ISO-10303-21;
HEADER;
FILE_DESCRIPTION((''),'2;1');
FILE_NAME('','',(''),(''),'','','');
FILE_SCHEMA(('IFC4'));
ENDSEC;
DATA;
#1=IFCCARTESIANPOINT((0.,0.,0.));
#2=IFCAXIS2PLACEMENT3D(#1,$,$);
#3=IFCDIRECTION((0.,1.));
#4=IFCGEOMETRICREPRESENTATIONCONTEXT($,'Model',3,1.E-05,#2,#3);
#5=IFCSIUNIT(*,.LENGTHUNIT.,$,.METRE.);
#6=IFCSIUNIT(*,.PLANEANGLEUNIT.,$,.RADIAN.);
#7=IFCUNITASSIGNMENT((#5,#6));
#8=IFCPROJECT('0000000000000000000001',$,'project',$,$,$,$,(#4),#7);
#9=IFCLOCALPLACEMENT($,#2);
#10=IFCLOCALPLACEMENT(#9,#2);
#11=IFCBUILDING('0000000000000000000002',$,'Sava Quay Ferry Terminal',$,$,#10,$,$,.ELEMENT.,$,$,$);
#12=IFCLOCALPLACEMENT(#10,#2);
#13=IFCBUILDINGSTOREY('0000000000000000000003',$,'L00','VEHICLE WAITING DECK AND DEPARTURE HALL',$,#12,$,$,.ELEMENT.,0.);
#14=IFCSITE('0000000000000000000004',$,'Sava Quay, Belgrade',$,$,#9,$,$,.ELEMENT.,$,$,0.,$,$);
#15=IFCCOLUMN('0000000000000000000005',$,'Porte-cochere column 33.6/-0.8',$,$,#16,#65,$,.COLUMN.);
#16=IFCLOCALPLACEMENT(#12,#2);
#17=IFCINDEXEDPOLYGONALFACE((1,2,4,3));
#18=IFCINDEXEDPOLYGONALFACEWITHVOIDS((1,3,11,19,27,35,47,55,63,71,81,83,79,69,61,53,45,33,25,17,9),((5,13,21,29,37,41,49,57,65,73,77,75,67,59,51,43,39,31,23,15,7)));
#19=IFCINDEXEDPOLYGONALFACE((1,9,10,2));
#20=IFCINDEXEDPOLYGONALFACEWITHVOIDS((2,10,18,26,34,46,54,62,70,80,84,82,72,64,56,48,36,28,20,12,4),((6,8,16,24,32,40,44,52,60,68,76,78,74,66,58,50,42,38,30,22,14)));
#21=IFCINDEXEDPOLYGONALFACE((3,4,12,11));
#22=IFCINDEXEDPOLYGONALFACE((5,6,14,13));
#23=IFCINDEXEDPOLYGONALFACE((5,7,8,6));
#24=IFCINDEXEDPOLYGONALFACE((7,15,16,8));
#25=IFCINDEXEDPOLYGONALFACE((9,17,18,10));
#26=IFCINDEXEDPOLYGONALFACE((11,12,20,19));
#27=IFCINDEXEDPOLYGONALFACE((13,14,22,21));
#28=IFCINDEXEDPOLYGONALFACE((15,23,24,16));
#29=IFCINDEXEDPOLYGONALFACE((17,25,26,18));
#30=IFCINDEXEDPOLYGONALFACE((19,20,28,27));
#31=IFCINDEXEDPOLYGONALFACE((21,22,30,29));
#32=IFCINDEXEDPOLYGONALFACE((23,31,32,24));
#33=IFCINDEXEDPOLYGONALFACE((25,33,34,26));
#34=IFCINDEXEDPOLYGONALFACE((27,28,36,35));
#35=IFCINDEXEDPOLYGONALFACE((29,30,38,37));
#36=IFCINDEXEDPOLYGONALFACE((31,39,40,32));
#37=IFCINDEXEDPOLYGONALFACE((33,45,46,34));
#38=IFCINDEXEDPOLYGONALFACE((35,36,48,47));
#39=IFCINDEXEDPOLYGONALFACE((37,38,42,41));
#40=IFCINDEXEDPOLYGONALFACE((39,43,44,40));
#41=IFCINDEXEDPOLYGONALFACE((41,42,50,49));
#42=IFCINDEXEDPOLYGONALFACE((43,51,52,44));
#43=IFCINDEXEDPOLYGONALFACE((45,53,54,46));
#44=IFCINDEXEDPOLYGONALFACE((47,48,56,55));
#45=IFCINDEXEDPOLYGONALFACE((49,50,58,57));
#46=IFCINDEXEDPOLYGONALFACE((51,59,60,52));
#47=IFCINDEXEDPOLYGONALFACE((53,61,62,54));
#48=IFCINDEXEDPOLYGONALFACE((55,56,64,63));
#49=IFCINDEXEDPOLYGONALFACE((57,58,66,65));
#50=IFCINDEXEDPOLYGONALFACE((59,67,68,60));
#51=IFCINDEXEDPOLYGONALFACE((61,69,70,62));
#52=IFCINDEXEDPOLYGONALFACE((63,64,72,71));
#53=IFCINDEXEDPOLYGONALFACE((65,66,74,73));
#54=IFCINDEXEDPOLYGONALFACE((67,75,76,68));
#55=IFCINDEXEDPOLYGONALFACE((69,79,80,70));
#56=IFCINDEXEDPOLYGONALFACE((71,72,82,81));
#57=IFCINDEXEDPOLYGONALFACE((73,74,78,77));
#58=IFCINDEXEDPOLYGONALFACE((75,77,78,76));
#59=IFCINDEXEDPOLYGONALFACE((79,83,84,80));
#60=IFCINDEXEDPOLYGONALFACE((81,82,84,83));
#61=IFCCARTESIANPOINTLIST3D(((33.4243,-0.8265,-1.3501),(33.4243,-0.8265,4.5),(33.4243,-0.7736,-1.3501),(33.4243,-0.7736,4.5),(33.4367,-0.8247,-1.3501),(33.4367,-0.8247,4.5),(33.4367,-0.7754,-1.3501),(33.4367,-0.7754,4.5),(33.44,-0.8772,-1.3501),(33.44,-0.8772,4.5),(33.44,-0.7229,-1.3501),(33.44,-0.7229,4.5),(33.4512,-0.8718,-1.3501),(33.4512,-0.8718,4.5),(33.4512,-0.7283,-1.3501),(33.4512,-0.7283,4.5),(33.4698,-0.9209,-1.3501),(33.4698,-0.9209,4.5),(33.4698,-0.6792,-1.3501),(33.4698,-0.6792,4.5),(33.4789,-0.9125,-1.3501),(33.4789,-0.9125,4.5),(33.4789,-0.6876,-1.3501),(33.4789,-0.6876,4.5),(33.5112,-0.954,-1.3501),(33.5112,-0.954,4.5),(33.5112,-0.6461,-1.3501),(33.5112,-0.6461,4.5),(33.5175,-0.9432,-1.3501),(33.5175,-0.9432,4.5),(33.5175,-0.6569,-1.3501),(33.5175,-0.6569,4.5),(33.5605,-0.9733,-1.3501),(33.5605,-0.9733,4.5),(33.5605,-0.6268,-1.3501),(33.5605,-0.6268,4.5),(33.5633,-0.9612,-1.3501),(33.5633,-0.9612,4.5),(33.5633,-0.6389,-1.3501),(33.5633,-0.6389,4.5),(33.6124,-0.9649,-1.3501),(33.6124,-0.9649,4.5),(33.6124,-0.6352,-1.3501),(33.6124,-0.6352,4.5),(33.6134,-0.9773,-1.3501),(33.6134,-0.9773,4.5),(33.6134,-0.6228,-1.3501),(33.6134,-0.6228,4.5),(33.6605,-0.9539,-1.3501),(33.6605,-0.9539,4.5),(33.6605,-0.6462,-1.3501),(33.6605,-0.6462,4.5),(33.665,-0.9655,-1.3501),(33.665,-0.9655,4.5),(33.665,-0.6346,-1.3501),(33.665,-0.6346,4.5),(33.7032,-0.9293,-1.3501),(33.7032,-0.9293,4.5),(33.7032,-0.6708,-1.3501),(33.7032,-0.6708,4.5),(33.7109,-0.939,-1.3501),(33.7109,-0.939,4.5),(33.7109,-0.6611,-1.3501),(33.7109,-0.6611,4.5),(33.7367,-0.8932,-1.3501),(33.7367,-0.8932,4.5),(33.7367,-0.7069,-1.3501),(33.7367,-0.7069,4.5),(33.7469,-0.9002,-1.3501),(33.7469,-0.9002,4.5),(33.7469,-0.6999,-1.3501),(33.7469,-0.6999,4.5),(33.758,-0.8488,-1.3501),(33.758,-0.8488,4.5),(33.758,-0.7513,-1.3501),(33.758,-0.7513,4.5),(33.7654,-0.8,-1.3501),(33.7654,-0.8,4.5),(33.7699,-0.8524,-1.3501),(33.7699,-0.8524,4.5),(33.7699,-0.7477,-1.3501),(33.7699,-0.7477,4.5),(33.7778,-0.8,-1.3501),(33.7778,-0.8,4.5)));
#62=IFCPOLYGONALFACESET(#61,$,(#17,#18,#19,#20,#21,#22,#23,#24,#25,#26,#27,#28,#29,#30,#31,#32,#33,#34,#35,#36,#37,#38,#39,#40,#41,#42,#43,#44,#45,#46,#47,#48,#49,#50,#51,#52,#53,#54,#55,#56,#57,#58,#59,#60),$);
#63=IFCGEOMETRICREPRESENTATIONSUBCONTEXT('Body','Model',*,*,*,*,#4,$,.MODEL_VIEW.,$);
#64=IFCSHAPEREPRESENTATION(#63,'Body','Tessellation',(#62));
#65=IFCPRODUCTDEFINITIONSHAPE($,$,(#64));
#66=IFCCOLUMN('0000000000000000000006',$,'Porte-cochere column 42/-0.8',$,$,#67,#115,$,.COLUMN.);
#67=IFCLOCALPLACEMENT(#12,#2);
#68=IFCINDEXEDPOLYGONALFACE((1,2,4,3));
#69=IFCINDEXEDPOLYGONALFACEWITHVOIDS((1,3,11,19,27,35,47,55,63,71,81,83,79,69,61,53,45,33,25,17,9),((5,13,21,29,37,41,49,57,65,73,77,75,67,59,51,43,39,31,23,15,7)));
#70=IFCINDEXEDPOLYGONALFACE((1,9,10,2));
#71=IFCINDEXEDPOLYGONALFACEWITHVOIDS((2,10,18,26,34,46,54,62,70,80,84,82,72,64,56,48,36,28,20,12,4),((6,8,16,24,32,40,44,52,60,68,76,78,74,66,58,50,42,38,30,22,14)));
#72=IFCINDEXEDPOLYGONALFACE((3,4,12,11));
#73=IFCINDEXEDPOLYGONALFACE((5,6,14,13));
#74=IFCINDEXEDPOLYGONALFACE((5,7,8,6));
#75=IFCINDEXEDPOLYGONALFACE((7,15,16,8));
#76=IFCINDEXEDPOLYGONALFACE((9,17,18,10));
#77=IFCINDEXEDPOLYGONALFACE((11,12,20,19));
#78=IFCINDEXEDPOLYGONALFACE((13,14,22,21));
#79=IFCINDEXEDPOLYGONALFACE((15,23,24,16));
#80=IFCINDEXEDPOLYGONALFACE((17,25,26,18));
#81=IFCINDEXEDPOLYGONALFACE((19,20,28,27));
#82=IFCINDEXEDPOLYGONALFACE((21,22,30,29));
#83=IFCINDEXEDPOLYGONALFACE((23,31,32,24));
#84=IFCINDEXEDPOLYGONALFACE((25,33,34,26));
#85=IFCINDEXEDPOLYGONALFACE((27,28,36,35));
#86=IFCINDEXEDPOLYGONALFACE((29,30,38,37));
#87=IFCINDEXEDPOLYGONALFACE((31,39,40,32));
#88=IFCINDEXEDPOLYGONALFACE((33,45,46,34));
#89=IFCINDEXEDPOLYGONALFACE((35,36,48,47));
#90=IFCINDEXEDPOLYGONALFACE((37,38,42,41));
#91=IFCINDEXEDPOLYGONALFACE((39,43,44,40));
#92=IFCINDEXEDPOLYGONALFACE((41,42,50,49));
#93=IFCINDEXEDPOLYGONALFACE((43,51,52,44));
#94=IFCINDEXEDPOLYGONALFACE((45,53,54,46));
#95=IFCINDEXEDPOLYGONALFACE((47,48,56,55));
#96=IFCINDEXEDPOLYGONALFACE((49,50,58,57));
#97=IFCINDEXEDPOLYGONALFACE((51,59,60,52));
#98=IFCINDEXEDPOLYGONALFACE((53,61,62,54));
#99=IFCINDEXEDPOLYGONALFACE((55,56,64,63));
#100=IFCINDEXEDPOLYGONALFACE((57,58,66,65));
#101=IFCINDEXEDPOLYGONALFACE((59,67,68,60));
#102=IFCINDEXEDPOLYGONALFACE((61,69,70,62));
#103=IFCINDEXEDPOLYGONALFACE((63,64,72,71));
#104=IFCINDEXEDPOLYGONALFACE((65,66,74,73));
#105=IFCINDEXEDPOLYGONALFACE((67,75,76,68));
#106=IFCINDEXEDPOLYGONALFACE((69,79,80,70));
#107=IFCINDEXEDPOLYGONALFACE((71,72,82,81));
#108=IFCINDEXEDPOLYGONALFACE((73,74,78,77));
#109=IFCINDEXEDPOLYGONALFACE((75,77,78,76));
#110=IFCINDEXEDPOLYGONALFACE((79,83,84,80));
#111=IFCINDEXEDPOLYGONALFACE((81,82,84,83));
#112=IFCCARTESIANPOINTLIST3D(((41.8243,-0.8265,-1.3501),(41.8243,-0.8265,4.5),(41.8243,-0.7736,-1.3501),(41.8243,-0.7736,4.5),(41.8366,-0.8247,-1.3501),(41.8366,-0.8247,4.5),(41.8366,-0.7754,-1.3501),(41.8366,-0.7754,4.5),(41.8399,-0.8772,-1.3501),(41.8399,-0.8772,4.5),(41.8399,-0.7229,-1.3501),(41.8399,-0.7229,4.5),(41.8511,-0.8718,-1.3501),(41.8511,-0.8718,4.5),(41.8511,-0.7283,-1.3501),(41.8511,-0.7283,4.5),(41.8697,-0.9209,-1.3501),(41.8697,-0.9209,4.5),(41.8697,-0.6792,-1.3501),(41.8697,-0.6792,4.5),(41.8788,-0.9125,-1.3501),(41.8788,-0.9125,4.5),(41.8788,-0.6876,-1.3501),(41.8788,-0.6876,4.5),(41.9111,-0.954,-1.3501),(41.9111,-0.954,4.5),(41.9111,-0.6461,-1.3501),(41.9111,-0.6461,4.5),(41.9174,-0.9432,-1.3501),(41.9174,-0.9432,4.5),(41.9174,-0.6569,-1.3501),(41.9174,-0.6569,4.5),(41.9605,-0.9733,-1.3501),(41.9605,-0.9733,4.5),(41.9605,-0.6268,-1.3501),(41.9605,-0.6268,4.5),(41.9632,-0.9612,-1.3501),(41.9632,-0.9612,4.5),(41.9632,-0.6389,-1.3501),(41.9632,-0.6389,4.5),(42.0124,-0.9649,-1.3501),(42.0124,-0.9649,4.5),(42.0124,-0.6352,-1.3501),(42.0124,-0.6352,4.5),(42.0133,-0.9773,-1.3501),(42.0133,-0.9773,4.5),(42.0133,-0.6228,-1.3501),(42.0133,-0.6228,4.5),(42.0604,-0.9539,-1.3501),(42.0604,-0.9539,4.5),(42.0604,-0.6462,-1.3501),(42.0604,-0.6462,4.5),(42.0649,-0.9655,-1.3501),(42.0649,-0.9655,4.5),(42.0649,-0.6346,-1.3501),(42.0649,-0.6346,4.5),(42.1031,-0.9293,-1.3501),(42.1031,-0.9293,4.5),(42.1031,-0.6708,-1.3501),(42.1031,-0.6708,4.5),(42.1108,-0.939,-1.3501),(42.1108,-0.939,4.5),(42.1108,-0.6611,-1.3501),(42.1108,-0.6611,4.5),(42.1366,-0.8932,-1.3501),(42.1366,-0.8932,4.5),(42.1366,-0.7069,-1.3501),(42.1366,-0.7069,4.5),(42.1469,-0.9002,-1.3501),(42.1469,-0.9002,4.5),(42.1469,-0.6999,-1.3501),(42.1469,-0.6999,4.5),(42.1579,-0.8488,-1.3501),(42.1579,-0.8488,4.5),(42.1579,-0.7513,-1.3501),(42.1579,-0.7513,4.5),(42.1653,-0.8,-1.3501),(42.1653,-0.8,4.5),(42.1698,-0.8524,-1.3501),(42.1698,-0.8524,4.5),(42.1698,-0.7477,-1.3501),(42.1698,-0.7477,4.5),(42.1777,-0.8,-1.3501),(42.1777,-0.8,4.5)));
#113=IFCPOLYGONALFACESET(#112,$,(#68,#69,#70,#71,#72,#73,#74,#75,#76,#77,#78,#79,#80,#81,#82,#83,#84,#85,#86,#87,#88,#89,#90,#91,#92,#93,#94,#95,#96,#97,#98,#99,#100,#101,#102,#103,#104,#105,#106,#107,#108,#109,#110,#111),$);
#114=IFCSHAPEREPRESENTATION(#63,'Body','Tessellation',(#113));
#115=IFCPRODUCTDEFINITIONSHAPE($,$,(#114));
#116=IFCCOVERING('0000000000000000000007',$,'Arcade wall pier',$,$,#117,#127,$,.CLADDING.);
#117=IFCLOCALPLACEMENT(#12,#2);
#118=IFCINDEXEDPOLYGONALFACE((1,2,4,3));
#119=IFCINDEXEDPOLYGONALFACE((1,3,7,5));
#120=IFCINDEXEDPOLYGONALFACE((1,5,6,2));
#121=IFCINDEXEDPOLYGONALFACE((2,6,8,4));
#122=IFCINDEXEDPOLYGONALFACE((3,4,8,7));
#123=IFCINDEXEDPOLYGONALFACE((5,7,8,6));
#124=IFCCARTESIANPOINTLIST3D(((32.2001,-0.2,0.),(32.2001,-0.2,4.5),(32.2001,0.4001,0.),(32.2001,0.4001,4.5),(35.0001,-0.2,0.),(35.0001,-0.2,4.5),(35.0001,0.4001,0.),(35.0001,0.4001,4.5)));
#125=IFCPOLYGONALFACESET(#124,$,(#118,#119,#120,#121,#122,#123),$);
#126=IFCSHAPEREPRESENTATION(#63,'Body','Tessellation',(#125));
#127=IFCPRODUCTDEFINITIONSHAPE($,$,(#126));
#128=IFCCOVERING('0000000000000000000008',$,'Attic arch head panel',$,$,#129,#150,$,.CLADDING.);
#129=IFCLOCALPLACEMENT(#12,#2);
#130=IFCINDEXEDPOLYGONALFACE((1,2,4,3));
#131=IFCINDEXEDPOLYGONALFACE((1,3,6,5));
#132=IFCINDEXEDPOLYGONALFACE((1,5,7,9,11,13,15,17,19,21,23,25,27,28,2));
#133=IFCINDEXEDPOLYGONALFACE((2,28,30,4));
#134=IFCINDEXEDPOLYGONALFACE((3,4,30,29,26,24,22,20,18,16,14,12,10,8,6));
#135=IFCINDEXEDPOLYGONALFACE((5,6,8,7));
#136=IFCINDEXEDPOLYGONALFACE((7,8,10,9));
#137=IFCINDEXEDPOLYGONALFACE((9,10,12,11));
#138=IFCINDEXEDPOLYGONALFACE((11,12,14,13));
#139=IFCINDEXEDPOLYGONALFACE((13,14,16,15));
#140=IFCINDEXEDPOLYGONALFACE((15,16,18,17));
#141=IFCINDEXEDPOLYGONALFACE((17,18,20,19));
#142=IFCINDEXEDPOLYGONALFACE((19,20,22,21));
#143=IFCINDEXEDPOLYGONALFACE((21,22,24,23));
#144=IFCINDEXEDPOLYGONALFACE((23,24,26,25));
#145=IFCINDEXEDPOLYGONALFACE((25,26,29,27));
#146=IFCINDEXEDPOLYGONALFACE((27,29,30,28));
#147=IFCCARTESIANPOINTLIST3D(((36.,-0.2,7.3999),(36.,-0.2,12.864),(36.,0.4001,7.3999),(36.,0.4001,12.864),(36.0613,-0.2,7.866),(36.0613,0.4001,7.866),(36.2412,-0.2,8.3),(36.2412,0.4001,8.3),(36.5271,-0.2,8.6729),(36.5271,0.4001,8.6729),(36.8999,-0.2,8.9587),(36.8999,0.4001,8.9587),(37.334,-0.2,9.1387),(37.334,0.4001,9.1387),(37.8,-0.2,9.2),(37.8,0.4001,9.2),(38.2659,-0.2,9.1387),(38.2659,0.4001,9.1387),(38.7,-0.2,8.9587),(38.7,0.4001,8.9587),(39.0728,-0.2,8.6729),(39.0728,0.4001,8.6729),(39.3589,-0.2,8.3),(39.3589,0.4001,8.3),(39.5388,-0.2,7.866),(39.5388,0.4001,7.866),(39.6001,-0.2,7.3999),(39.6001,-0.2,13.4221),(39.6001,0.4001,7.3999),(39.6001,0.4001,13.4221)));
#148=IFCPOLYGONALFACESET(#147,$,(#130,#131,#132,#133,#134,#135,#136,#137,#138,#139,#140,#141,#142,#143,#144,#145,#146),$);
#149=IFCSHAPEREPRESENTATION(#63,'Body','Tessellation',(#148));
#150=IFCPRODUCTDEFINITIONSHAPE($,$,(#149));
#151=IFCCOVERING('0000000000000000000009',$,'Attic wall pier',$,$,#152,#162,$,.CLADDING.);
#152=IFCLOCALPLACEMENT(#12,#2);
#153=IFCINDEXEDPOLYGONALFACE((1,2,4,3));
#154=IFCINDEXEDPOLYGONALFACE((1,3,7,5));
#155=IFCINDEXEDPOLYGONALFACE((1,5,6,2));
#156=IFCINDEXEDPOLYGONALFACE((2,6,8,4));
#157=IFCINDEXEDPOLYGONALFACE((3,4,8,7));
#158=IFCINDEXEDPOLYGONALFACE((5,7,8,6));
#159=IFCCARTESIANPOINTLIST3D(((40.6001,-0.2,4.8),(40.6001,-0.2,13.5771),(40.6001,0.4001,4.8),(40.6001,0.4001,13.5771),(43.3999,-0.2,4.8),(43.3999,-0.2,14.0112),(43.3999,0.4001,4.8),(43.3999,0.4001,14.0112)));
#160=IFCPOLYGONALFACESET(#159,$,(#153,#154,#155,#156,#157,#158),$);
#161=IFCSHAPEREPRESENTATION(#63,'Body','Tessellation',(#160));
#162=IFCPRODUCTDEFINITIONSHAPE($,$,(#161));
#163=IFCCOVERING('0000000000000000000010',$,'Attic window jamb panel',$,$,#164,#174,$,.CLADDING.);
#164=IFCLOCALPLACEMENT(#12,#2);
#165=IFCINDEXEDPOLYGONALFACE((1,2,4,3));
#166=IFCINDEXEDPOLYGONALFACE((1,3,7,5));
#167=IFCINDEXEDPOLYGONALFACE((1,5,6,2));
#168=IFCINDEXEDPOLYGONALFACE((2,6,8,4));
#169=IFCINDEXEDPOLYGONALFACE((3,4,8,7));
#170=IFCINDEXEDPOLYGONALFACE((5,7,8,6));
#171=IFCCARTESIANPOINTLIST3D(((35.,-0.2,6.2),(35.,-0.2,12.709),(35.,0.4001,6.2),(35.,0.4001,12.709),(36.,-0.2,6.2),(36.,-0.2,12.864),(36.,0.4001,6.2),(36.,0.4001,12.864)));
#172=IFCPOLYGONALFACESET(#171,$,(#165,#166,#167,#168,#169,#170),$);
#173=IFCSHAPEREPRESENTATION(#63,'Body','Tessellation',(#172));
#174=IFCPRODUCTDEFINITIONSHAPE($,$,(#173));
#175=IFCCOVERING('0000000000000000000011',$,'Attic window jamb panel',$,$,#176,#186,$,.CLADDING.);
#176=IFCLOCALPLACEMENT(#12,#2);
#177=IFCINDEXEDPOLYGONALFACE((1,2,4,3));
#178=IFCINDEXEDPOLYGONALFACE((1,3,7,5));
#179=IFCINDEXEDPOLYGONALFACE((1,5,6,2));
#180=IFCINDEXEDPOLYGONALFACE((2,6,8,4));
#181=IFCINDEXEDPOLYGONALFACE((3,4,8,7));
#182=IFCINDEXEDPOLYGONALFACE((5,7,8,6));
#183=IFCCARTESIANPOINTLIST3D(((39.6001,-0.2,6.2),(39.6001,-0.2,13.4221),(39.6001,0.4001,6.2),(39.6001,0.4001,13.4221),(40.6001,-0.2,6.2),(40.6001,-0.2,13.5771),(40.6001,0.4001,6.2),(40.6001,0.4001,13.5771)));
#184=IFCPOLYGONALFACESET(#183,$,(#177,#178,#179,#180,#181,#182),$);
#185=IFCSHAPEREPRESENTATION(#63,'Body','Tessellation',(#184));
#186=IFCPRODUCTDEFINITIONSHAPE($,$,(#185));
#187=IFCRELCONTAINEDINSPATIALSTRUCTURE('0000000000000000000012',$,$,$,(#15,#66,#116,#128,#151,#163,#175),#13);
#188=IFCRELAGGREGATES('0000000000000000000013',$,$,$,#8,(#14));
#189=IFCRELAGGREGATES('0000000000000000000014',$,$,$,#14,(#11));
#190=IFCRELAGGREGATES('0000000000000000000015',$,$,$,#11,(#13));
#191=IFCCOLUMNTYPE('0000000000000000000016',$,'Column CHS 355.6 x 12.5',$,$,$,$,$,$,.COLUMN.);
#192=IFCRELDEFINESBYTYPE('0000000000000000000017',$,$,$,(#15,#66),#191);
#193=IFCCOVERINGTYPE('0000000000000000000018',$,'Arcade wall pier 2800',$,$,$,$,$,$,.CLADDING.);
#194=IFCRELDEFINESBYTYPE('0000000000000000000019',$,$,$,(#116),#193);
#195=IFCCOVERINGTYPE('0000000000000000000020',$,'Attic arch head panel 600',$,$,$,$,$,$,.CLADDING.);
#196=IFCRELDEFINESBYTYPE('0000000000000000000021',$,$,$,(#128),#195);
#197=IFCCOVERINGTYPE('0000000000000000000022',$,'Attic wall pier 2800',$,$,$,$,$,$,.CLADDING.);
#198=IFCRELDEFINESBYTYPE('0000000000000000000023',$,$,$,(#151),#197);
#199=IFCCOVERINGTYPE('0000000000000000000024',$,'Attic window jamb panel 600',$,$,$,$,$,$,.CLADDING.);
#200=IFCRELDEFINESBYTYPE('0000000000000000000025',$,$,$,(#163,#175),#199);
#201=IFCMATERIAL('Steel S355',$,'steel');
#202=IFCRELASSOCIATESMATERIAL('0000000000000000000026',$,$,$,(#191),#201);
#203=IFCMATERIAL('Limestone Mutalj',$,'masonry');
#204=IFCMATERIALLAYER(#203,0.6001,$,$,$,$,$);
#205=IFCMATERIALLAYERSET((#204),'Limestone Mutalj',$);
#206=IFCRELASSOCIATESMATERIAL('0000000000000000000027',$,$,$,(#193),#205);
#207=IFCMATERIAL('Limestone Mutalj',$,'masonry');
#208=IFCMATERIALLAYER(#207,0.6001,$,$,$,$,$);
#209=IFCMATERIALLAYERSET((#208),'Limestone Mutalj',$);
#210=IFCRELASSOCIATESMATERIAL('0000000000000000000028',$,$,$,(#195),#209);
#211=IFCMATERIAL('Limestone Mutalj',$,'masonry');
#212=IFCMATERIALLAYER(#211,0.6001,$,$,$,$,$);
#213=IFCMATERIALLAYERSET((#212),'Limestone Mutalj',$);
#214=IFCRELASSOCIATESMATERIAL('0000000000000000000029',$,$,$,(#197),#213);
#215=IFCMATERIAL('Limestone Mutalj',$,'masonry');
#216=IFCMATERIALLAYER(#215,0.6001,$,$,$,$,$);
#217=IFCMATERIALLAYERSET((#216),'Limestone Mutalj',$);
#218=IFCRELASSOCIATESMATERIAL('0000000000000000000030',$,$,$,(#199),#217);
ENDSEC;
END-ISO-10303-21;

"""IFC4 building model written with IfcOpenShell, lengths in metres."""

from ifc_helpers import new_model, si_unit, direction, frame, origin, origin_2d, place, context, subcontext, project, spatial, polyline, rectangle, hollow_circle, outline, extrude, material, layer, layer_set, material_profile, profile_set, type_object, element, save


model = new_model("IFC4")

# Units and contexts
model_context = context("Model", 3, precision=1e-05, world=origin(), true_north=direction((0.0, 1.0)))
body_context = subcontext(model_context, "Body", "Model", "MODEL_VIEW")
ifc_project = project(units=[si_unit("LENGTHUNIT", "METRE"), si_unit("PLANEANGLEUNIT", "RADIAN")], contexts=[model_context])

# Site, building, storey
site_placement = place(None, origin())
site = spatial("IfcSite", under=ifc_project, at=site_placement, Name="Sava Quay, Belgrade", CompositionType="ELEMENT", RefElevation=0.0)
building_placement = place(site_placement, origin())
building = spatial("IfcBuilding", under=site, at=building_placement, Name="Sava Quay Ferry Terminal", CompositionType="ELEMENT")
storey_placement = place(building_placement, origin())
storey = spatial("IfcBuildingStorey", under=building, at=storey_placement, Name="L00", Description="VEHICLE WAITING DECK AND DEPARTURE HALL", CompositionType="ELEMENT", Elevation=0.0)

# Columns
ifc_material_1 = material(Name="Steel S355", Category="steel")
ifc_material_profile_1 = material_profile(ifc_material_1, hollow_circle(Radius=0.1777, WallThickness=0.0125, at=origin_2d()), Name="CHS 355.6 x 12.5")
ifc_profile_set_1 = profile_set([ifc_material_profile_1], Name="Steel S355")
column_type = type_object("IfcColumnType", Name="Column CHS 355.6 x 12.5", PredefinedType="COLUMN", material=ifc_profile_set_1)
for number, where, z_axis, x_axis, name in (
    (1, (33.6001, -0.8, -1.3501), (0.0, 0.0, 1.0), (1.0, 0.0, 0.0), "Porte-cochere column 33.6/-0.8"),
    (2, (42.0, -0.8, -1.3501), (0.0, 0.0, 1.0), (1.0, 0.0, 0.0), "Porte-cochere column 42/-0.8"),
):
    element("IfcColumn", number, at=place(storey_placement, frame(where, z_axis=z_axis, x_axis=x_axis)), inside=storey, type_object=column_type, Name=name, PredefinedType="COLUMN", context=body_context, shape_type="SweptSolid", body=[
        extrude(hollow_circle(Radius=0.1777, WallThickness=0.0125, at=origin_2d()), origin(), (0.0, 0.0, 1.0), 5.8501),
    ])

# Coverings
ifc_material_2 = material(Name="Limestone Mutalj", Category="masonry")
ifc_layer_1 = layer(ifc_material_2, 0.6001)
ifc_layer_set_1 = layer_set([ifc_layer_1], Name="Limestone Mutalj")
covering_type_1 = type_object("IfcCoveringType", Name="Arcade wall pier 2800", PredefinedType="CLADDING", material=ifc_layer_set_1)
covering_1_placement = place(storey_placement, frame((33.6001, 0.1001, 0.0), z_axis=(0.0, 0.0, 1.0), x_axis=(1.0, 0.0, 0.0)))
element("IfcCovering", 3, at=covering_1_placement, inside=storey, type_object=covering_type_1, Name="Arcade wall pier", PredefinedType="CLADDING", context=body_context, shape_type="SweptSolid", body=[
    extrude(rectangle(XDim=2.8, YDim=0.6001, at=origin_2d()), origin(), (0.0, 0.0, 1.0), 4.5),
])
ifc_material_3 = material(Name="Limestone Mutalj", Category="masonry")
ifc_layer_2 = layer(ifc_material_3, 0.6001)
ifc_layer_set_2 = layer_set([ifc_layer_2], Name="Limestone Mutalj")
covering_type_2 = type_object("IfcCoveringType", Name="Attic arch head panel 600", PredefinedType="CLADDING", material=ifc_layer_set_2)
covering_2_placement = place(storey_placement, frame((36.0, -0.2, 7.3999), z_axis=(0.0, -1.0, 0.0), x_axis=(0.13036, 0.0, 0.991467)))
element("IfcCovering", 4, at=covering_2_placement, inside=storey, type_object=covering_type_2, Name="Attic arch head panel", PredefinedType="CLADDING", context=body_context, shape_type="SweptSolid", body=[
    extrude(outline(polyline([(0.0, 0.0), (0.4701, 0.0), (0.9239, -0.1218), (1.3308, -0.3567), (1.6628, -0.689), (1.8978, -1.0959), (2.0193, -1.55), (2.0193, -2.0199), (1.8975, -2.4737), (1.6627, -2.8806), (1.3303, -3.2129), (0.9234, -3.4479), (0.4693, -3.5694), (6.4401, -2.7843), (5.4175, 0.7123), (0.0, 0.0)])), origin(), (0.0, 0.0, -1.0), 0.6001),
])
ifc_material_4 = material(Name="Limestone Mutalj", Category="masonry")
ifc_layer_3 = layer(ifc_material_4, 0.6001)
ifc_layer_set_3 = layer_set([ifc_layer_3], Name="Limestone Mutalj")
covering_type_3 = type_object("IfcCoveringType", Name="Attic wall pier 2800", PredefinedType="CLADDING", material=ifc_layer_set_3)
covering_3_placement = place(storey_placement, frame((40.6001, -0.2, 4.8), z_axis=(0.0, -1.0, 0.0), x_axis=(1.0, 0.0, 0.0)))
element("IfcCovering", 5, at=covering_3_placement, inside=storey, type_object=covering_type_3, Name="Attic wall pier", PredefinedType="CLADDING", context=body_context, shape_type="SweptSolid", body=[
    extrude(outline(polyline([(0.0, 0.0), (2.7998, 0.0), (2.7998, 9.2112), (0.0, 8.7771), (0.0, 0.0)])), origin(), (0.0, 0.0, -1.0), 0.6001),
])
ifc_material_5 = material(Name="Limestone Mutalj", Category="masonry")
ifc_layer_4 = layer(ifc_material_5, 0.6001)
ifc_layer_set_4 = layer_set([ifc_layer_4], Name="Limestone Mutalj")
covering_type_4 = type_object("IfcCoveringType", Name="Attic window jamb panel 600", PredefinedType="CLADDING", material=ifc_layer_set_4)
covering_4_placement = place(storey_placement, frame((35.0, -0.2, 6.2), z_axis=(0.0, -1.0, 0.0), x_axis=(1.0, 0.0, 0.0)))
element("IfcCovering", 6, at=covering_4_placement, inside=storey, type_object=covering_type_4, Name="Attic window jamb panel", PredefinedType="CLADDING", context=body_context, shape_type="SweptSolid", body=[
    extrude(outline(polyline([(0.0, 0.0), (1.0, 0.0), (1.0, 6.6641), (0.0, 6.509), (0.0, 0.0)])), origin(), (0.0, 0.0, -1.0), 0.6001),
])
covering_5_placement = place(storey_placement, frame((39.6001, -0.2, 6.2), z_axis=(0.0, -1.0, 0.0), x_axis=(1.0, 0.0, 0.0)))
element("IfcCovering", 7, at=covering_5_placement, inside=storey, type_object=covering_type_4, Name="Attic window jamb panel", PredefinedType="CLADDING", context=body_context, shape_type="SweptSolid", body=[
    extrude(outline(polyline([(0.0, 0.0), (1.0, 0.0), (1.0, 7.3772), (0.0, 7.2222), (0.0, 0.0)])), origin(), (0.0, 0.0, -1.0), 0.6001),
])

save(model, "model.ifc")
